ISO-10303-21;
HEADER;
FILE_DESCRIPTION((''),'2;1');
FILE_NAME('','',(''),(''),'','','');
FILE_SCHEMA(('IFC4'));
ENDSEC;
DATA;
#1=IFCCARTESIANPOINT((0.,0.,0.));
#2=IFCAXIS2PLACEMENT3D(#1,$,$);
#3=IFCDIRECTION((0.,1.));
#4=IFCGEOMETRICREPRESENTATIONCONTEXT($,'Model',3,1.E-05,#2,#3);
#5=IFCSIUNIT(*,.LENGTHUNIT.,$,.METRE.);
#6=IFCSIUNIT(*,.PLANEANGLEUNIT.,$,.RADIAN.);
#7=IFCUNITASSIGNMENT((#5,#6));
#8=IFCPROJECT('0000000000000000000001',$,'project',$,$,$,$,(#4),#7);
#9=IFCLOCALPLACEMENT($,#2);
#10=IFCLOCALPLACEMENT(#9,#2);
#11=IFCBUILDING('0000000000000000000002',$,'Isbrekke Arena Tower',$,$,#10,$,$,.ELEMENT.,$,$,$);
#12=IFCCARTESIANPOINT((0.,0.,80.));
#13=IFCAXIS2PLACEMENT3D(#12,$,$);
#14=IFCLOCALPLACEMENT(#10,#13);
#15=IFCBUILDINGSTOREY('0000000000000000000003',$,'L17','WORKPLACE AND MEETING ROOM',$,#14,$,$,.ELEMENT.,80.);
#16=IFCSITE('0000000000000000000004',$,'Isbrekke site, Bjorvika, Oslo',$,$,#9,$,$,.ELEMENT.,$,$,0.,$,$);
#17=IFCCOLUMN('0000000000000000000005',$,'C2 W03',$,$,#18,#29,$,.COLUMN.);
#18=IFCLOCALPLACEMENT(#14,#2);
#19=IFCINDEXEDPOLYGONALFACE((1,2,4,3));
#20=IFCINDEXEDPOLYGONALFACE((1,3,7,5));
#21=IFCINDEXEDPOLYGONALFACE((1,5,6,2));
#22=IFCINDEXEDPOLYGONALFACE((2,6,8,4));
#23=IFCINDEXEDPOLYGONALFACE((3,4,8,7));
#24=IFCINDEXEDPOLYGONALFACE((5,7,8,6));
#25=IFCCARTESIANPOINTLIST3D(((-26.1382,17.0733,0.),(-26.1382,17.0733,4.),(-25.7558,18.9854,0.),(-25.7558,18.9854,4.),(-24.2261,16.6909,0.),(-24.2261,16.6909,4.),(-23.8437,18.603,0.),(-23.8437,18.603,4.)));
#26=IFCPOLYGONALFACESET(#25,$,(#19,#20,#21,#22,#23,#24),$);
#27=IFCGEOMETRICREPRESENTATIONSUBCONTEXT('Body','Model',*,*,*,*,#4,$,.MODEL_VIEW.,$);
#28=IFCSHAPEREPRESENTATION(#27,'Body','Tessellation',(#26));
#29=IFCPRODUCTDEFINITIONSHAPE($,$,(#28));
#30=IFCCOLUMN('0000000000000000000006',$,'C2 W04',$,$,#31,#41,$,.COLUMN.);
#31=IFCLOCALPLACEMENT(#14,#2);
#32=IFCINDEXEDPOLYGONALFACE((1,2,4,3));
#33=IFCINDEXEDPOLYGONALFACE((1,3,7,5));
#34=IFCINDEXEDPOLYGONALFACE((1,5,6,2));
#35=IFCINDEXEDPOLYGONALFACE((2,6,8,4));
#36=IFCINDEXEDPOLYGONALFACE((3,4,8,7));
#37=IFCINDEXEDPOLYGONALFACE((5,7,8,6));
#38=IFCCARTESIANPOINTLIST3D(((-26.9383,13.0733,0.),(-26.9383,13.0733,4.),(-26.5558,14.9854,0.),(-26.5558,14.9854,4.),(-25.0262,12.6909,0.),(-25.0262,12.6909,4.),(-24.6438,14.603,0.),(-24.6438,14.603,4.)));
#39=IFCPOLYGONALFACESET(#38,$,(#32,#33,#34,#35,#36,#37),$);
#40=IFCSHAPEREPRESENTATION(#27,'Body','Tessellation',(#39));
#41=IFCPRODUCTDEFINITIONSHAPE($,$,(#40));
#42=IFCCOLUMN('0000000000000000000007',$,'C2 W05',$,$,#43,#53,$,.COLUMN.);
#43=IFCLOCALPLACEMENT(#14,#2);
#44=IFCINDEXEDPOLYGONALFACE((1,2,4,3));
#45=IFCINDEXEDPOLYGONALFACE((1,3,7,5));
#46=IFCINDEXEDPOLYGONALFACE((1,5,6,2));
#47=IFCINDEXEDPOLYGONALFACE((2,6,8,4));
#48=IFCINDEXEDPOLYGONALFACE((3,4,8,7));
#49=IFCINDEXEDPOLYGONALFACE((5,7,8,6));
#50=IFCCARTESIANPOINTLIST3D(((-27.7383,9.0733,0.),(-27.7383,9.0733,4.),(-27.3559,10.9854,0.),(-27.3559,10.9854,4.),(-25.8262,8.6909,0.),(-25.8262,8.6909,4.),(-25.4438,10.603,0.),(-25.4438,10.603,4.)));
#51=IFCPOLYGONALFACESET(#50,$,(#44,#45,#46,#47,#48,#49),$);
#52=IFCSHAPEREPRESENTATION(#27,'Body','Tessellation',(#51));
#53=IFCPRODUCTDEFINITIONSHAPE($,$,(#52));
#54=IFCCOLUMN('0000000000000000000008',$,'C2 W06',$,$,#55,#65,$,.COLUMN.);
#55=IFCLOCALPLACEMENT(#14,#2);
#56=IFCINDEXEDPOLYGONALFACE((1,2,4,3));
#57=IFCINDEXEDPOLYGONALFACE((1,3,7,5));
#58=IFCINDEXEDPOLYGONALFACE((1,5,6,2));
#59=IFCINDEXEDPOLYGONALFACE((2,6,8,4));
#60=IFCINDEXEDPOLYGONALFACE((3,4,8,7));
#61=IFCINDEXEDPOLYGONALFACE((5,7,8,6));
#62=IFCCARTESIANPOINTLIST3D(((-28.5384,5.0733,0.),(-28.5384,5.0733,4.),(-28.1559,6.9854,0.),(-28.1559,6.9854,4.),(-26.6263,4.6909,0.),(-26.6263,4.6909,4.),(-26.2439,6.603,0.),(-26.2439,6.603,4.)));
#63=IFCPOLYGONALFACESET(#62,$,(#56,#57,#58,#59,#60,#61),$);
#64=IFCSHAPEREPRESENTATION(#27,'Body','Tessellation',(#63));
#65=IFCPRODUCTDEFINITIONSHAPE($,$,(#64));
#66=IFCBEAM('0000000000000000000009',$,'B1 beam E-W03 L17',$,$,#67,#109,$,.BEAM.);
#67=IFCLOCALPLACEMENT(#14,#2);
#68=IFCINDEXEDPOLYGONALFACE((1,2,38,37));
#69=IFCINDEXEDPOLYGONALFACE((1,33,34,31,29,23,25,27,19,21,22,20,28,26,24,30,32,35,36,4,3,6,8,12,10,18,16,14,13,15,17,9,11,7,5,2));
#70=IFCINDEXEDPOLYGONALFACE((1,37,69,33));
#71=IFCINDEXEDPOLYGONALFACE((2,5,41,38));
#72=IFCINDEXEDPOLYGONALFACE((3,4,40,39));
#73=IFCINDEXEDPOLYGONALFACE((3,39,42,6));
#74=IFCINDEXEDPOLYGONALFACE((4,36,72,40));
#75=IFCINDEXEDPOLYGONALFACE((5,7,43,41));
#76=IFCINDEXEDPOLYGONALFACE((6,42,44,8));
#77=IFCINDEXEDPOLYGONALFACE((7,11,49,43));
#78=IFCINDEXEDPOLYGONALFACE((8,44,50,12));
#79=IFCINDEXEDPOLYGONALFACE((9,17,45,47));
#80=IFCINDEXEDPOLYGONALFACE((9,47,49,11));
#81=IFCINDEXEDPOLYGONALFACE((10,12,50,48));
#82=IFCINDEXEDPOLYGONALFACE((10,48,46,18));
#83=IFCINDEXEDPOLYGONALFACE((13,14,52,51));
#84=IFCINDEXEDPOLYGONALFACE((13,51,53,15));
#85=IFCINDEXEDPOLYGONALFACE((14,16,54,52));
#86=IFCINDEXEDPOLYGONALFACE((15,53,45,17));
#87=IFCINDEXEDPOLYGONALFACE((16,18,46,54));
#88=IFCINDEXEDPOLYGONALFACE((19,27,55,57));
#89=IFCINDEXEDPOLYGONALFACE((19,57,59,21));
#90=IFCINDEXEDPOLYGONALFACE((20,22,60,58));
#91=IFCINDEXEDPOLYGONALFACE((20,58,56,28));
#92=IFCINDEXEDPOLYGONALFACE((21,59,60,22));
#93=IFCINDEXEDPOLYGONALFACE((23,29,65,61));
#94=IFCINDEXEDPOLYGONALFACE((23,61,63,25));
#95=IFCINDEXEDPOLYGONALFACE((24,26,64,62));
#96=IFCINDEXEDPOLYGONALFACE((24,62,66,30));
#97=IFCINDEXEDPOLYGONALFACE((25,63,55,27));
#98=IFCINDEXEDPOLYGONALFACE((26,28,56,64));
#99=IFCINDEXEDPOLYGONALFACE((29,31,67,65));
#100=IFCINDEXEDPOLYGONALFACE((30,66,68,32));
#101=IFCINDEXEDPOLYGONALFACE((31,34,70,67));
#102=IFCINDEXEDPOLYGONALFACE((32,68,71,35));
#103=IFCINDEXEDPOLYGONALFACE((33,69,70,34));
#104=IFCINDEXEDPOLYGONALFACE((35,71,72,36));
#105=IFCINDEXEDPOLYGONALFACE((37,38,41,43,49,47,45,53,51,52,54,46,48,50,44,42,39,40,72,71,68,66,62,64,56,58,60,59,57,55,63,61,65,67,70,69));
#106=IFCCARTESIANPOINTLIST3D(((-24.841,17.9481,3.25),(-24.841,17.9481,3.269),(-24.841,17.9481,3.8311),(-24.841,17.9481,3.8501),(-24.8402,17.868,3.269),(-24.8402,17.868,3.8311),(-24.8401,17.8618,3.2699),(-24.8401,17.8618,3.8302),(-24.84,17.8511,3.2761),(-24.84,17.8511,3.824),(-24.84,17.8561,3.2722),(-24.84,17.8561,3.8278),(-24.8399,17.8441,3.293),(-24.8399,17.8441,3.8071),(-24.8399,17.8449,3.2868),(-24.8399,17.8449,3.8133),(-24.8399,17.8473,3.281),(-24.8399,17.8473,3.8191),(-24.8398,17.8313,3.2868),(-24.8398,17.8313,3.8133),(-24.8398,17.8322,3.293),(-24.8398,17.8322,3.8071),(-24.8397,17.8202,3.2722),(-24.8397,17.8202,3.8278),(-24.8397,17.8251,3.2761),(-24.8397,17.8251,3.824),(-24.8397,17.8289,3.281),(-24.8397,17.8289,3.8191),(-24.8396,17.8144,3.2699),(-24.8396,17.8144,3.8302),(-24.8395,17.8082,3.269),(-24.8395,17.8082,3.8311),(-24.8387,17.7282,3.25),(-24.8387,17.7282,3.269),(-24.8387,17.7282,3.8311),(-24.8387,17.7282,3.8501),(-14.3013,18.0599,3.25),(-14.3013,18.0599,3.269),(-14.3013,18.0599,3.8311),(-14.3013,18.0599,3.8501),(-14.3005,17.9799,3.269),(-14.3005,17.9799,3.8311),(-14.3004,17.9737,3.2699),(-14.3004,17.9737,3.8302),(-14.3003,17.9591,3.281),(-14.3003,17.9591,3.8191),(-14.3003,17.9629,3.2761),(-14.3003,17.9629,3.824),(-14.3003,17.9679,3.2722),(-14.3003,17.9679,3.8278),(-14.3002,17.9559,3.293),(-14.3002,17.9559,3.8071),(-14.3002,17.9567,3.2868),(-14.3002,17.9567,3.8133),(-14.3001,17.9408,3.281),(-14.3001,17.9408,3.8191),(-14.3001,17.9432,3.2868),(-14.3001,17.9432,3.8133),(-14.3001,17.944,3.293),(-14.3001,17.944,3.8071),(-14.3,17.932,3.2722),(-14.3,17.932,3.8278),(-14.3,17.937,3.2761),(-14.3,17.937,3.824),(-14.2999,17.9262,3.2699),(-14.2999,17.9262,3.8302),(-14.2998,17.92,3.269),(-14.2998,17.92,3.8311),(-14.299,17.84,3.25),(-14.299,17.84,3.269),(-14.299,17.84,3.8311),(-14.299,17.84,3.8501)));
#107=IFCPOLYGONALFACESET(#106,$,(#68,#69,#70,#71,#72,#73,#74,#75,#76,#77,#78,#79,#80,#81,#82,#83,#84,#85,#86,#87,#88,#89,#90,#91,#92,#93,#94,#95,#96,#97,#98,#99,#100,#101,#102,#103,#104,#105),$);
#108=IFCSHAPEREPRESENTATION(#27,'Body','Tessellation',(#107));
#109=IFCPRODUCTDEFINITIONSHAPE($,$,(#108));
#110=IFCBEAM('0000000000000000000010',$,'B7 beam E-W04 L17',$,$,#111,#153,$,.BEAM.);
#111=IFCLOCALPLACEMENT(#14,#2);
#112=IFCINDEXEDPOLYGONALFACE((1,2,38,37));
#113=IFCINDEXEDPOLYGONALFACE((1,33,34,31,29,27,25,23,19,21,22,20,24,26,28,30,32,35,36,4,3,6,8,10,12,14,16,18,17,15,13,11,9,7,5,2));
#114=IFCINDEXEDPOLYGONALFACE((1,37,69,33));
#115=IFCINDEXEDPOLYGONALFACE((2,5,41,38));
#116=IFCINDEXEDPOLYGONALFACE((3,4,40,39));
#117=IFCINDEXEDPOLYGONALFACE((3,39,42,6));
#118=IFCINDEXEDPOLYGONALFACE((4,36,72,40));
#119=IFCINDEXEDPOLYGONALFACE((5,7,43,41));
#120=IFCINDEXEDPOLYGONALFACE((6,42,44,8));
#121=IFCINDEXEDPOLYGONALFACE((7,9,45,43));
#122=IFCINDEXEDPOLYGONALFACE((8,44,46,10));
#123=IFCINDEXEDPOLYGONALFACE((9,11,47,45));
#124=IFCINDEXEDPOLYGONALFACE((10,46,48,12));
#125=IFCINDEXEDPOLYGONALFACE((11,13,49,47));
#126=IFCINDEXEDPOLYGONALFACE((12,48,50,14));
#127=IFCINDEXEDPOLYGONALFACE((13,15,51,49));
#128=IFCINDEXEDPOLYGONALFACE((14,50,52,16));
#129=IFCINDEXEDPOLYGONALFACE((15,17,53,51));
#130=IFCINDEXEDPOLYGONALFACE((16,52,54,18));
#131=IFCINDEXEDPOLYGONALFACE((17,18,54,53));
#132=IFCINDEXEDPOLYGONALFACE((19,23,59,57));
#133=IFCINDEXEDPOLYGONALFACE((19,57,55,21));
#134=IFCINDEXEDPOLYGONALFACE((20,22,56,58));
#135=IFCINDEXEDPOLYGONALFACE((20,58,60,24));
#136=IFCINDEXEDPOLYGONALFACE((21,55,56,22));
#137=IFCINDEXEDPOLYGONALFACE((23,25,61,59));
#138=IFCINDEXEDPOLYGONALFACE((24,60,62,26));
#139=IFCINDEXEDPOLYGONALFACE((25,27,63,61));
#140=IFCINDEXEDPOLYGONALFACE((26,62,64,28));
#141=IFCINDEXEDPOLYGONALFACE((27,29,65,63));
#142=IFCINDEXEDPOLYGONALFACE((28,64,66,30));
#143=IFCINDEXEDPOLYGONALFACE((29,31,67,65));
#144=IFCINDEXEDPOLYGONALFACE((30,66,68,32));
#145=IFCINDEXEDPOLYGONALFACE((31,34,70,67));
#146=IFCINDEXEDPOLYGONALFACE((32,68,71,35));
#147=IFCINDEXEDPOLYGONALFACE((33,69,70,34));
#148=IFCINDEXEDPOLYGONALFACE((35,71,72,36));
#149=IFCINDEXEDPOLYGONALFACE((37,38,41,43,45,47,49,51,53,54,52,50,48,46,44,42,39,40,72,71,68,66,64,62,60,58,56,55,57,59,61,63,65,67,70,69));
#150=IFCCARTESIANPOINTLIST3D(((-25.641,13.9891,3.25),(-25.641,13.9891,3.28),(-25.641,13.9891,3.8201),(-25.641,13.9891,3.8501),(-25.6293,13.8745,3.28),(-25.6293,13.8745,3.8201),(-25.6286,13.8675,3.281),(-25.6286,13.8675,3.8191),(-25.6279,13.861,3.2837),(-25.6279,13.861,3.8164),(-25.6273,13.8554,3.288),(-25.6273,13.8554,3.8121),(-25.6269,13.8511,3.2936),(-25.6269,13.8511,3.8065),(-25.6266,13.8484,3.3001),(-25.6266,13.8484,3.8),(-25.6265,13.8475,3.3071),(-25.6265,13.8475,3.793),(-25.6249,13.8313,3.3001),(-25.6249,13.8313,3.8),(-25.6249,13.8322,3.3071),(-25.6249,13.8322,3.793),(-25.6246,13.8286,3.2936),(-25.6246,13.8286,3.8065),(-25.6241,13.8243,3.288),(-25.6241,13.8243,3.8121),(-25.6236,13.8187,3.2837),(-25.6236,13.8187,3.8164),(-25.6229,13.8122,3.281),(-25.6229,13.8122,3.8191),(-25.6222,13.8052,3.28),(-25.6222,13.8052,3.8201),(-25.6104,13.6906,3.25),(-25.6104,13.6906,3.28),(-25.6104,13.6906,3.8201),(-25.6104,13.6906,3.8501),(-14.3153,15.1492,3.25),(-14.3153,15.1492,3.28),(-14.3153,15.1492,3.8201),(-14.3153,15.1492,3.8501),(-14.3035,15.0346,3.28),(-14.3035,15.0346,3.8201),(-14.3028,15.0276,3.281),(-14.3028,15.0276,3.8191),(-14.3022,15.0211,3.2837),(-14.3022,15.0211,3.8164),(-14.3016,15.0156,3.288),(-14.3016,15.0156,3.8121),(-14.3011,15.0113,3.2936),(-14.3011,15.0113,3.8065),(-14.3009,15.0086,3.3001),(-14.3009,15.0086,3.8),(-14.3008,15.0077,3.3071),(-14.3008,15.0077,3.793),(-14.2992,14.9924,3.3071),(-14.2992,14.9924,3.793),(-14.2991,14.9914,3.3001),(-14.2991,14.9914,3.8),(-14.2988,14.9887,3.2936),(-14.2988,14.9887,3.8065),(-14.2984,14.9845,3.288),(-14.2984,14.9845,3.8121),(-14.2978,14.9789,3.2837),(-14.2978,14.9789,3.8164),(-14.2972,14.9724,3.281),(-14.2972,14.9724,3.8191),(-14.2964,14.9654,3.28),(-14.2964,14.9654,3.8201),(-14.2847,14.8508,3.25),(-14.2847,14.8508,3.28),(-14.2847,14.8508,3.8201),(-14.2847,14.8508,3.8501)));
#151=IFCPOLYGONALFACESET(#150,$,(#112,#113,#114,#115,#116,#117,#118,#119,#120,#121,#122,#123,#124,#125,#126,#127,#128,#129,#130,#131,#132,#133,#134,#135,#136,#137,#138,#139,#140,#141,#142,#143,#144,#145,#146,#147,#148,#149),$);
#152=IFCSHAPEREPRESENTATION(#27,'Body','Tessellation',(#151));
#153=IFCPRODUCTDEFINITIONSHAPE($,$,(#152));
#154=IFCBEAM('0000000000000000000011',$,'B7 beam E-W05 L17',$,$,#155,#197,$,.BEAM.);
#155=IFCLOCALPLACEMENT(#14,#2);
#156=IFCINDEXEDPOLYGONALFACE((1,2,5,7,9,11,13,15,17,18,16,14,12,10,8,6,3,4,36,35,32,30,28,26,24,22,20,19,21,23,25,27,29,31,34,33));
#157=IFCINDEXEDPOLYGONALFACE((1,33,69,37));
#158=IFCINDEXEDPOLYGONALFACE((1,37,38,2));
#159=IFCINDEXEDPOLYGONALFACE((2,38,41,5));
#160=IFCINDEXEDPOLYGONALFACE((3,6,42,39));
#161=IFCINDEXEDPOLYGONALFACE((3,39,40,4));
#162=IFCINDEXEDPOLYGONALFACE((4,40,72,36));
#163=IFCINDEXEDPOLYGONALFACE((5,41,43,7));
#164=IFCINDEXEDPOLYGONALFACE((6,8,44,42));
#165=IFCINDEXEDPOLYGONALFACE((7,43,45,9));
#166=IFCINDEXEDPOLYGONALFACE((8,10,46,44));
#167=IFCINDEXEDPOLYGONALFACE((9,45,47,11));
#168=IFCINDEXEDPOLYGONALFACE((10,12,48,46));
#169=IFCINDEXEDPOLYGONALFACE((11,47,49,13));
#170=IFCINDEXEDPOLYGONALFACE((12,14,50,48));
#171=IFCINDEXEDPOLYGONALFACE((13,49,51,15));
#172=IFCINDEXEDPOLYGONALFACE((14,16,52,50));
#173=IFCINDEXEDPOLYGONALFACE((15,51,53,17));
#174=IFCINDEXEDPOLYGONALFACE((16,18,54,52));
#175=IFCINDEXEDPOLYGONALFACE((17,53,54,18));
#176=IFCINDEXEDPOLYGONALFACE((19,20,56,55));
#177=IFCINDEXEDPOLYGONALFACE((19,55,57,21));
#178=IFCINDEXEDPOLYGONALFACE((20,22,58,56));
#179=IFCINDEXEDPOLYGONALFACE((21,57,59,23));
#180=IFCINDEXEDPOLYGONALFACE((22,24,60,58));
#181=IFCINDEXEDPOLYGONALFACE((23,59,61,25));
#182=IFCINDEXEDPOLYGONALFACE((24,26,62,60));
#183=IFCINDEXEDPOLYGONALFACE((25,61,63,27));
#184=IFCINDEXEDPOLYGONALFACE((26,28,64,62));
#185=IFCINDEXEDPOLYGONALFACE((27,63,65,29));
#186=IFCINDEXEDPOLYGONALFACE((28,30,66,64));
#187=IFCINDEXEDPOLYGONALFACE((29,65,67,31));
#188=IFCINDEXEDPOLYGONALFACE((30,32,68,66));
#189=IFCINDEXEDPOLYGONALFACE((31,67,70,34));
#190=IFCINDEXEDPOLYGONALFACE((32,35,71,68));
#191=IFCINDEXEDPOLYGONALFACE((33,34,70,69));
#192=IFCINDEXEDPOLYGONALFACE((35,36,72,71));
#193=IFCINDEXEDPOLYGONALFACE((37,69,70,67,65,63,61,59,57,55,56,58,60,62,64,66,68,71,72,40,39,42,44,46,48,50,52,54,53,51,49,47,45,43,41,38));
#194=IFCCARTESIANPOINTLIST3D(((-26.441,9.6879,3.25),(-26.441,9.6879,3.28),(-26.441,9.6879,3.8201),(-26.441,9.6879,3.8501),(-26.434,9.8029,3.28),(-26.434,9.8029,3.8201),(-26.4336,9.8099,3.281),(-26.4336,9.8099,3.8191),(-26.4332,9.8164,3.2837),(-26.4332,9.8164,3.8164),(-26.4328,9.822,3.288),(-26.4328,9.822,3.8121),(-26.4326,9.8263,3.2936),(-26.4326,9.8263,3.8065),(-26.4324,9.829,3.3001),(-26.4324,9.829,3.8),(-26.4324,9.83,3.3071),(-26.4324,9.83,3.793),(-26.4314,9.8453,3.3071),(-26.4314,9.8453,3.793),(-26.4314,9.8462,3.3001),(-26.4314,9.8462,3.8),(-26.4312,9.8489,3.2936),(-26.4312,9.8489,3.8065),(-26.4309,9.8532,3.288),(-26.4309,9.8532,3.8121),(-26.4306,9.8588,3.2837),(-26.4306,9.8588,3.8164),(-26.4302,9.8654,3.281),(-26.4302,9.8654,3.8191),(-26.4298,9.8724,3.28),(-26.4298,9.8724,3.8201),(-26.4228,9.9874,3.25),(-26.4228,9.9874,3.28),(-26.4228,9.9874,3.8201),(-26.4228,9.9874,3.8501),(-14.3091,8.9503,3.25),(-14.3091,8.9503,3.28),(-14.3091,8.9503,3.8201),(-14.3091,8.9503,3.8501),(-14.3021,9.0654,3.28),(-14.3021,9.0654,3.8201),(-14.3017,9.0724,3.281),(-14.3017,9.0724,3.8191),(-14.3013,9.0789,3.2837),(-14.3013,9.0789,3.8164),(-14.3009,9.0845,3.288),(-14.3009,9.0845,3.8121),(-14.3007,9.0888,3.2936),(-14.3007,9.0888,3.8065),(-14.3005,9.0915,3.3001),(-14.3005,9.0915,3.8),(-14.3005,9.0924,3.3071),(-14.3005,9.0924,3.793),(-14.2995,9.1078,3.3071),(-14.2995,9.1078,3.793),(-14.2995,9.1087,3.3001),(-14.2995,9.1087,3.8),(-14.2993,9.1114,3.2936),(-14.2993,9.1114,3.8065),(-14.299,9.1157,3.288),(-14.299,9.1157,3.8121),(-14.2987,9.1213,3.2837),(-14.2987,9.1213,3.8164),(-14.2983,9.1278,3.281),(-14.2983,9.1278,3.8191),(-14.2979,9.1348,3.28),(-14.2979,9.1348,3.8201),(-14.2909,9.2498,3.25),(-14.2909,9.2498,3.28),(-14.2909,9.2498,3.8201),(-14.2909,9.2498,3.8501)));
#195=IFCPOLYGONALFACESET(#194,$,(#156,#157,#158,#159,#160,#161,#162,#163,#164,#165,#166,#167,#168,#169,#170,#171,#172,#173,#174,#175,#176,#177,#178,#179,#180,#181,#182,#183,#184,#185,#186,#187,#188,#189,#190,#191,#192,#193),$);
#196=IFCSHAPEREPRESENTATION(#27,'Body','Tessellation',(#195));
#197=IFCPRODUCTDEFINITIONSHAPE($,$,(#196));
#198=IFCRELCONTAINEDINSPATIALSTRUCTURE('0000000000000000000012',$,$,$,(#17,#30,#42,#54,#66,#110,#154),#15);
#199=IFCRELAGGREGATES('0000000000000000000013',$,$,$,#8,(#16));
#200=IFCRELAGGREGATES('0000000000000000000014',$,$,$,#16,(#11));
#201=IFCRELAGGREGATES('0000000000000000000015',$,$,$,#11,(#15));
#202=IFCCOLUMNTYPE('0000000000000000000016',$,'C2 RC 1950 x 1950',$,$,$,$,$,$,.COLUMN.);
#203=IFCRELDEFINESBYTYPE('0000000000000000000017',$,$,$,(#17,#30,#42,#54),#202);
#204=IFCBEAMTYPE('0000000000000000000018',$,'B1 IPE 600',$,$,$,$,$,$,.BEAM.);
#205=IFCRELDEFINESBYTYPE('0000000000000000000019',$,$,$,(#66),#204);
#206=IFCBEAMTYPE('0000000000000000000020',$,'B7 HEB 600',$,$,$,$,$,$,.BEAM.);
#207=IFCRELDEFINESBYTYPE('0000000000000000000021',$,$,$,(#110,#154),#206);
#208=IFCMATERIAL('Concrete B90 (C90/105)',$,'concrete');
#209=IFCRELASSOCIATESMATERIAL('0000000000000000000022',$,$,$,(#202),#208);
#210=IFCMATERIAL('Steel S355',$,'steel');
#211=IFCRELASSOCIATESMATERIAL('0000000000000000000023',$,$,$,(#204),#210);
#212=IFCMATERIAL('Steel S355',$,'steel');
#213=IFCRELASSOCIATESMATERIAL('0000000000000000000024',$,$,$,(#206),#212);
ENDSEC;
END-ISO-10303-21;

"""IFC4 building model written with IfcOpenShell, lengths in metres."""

from ifc_helpers import new_model, si_unit, direction, frame, origin, origin_2d, place, context, subcontext, project, spatial, rectangle, i_section, extrude, material, material_profile, profile_set, type_object, element, save


model = new_model("IFC4")

# Units and contexts
model_context = context("Model", 3, precision=1e-05, world=origin(), true_north=direction((0.0, 1.0)))
body_context = subcontext(model_context, "Body", "Model", "MODEL_VIEW")
ifc_project = project(units=[si_unit("LENGTHUNIT", "METRE"), si_unit("PLANEANGLEUNIT", "RADIAN")], contexts=[model_context])

# Site, building, storey
site_placement = place(None, origin())
site = spatial("IfcSite", under=ifc_project, at=site_placement, Name="Isbrekke site, Bjorvika, Oslo", CompositionType="ELEMENT", RefElevation=0.0)
building_placement = place(site_placement, origin())
building = spatial("IfcBuilding", under=site, at=building_placement, Name="Isbrekke Arena Tower", CompositionType="ELEMENT")
storey_placement = place(building_placement, frame((0.0, 0.0, 80.0)))
storey = spatial("IfcBuildingStorey", under=building, at=storey_placement, Name="L17", Description="WORKPLACE AND MEETING ROOM", CompositionType="ELEMENT", Elevation=80.0)

# Columns
ifc_material_1 = material(Name="Concrete B90 (C90/105)", Category="concrete")
ifc_material_profile_1 = material_profile(ifc_material_1, rectangle(XDim=1.95, YDim=1.95, at=origin_2d()), Name="RC 1950x1950")
ifc_profile_set_1 = profile_set([ifc_material_profile_1], Name="Concrete B90 (C90/105)")
column_type = type_object("IfcColumnType", Name="C2 RC 1950 x 1950", PredefinedType="COLUMN", material=ifc_profile_set_1)
for number, where, z_axis, x_axis, name in (
    (1, (-24.991, 17.8381, 0.0), (0.0, 0.0, 1.0), (-0.196116, -0.980581, 0.0), "C2 W03"),
    (2, (-25.791, 13.8381, 0.0), (0.0, 0.0, 1.0), (-0.196116, -0.980581, 0.0), "C2 W04"),
    (3, (-26.5911, 9.8381, 0.0), (0.0, 0.0, 1.0), (-0.196116, -0.980581, 0.0), "C2 W05"),
    (4, (-27.3911, 5.8381, 0.0), (0.0, 0.0, 1.0), (-0.196116, -0.980581, 0.0), "C2 W06"),
):
    element("IfcColumn", number, at=place(storey_placement, frame(where, z_axis=z_axis, x_axis=x_axis)), inside=storey, type_object=column_type, Name=name, PredefinedType="COLUMN", context=body_context, shape_type="SweptSolid", body=[
        extrude(rectangle(XDim=1.95, YDim=1.95, at=origin_2d()), origin(), (0.0, 0.0, 1.0), 4.0),
    ])

# Beams
ifc_material_2 = material(Name="Steel S355", Category="steel")
ifc_material_profile_2 = material_profile(ifc_material_2, i_section(OverallWidth=0.22, OverallDepth=0.6001, WebThickness=0.012, FlangeThickness=0.019, FilletRadius=0.0239, at=origin_2d()), Name="IPE 600")
ifc_profile_set_2 = profile_set([ifc_material_profile_2], Name="Steel S355")
beam_type_1 = type_object("IfcBeamType", Name="B1 IPE 600", PredefinedType="BEAM", material=ifc_profile_set_2)
beam_1_placement = place(storey_placement, frame((-24.8398, 17.8381, 3.55), z_axis=(0.999944, 0.010608, 0.0), x_axis=(-0.010608, 0.999944, 0.0)))
element("IfcBeam", 5, at=beam_1_placement, inside=storey, type_object=beam_type_1, Name="B1 beam E-W03 L17", PredefinedType="BEAM", context=body_context, shape_type="SweptSolid", body=[
    extrude(i_section(OverallWidth=0.22, OverallDepth=0.6001, WebThickness=0.012, FlangeThickness=0.019, FilletRadius=0.0239, at=origin_2d()), origin(), (0.0, 0.0, 1.0), 10.5403),
])
ifc_material_3 = material(Name="Steel S355", Category="steel")
ifc_material_profile_3 = material_profile(ifc_material_3, i_section(OverallWidth=0.3, OverallDepth=0.6001, WebThickness=0.0154, FlangeThickness=0.03, FilletRadius=0.0271, at=origin_2d()), Name="HEB 600")
ifc_profile_set_3 = profile_set([ifc_material_profile_3], Name="Steel S355")
beam_type_2 = type_object("IfcBeamType", Name="B7 HEB 600", PredefinedType="BEAM", material=ifc_profile_set_3)
beam_2_placement = place(storey_placement, frame((-25.6257, 13.8398, 3.55), z_axis=(0.994794, 0.101903, 0.0), x_axis=(-0.101903, 0.994794, 0.0)))
element("IfcBeam", 6, at=beam_2_placement, inside=storey, type_object=beam_type_2, Name="B7 beam E-W04 L17", PredefinedType="BEAM", context=body_context, shape_type="SweptSolid", body=[
    extrude(i_section(OverallWidth=0.3, OverallDepth=0.6001, WebThickness=0.0154, FlangeThickness=0.03, FilletRadius=0.0271, at=origin_2d()), origin(), (0.0, 0.0, 1.0), 11.385),
])
beam_3_placement = place(storey_placement, frame((-26.4319, 9.8376, 3.55), z_axis=(0.998157, -0.060682, 0.0), x_axis=(0.060682, 0.998157, 0.0)))
element("IfcBeam", 7, at=beam_3_placement, inside=storey, type_object=beam_type_2, Name="B7 beam E-W05 L17", PredefinedType="BEAM", context=body_context, shape_type="SweptSolid", body=[
    extrude(i_section(OverallWidth=0.3, OverallDepth=0.6001, WebThickness=0.0154, FlangeThickness=0.03, FilletRadius=0.0271, at=origin_2d()), origin(), (0.0, 0.0, 1.0), 12.1543),
])

save(model, "model.ifc")
